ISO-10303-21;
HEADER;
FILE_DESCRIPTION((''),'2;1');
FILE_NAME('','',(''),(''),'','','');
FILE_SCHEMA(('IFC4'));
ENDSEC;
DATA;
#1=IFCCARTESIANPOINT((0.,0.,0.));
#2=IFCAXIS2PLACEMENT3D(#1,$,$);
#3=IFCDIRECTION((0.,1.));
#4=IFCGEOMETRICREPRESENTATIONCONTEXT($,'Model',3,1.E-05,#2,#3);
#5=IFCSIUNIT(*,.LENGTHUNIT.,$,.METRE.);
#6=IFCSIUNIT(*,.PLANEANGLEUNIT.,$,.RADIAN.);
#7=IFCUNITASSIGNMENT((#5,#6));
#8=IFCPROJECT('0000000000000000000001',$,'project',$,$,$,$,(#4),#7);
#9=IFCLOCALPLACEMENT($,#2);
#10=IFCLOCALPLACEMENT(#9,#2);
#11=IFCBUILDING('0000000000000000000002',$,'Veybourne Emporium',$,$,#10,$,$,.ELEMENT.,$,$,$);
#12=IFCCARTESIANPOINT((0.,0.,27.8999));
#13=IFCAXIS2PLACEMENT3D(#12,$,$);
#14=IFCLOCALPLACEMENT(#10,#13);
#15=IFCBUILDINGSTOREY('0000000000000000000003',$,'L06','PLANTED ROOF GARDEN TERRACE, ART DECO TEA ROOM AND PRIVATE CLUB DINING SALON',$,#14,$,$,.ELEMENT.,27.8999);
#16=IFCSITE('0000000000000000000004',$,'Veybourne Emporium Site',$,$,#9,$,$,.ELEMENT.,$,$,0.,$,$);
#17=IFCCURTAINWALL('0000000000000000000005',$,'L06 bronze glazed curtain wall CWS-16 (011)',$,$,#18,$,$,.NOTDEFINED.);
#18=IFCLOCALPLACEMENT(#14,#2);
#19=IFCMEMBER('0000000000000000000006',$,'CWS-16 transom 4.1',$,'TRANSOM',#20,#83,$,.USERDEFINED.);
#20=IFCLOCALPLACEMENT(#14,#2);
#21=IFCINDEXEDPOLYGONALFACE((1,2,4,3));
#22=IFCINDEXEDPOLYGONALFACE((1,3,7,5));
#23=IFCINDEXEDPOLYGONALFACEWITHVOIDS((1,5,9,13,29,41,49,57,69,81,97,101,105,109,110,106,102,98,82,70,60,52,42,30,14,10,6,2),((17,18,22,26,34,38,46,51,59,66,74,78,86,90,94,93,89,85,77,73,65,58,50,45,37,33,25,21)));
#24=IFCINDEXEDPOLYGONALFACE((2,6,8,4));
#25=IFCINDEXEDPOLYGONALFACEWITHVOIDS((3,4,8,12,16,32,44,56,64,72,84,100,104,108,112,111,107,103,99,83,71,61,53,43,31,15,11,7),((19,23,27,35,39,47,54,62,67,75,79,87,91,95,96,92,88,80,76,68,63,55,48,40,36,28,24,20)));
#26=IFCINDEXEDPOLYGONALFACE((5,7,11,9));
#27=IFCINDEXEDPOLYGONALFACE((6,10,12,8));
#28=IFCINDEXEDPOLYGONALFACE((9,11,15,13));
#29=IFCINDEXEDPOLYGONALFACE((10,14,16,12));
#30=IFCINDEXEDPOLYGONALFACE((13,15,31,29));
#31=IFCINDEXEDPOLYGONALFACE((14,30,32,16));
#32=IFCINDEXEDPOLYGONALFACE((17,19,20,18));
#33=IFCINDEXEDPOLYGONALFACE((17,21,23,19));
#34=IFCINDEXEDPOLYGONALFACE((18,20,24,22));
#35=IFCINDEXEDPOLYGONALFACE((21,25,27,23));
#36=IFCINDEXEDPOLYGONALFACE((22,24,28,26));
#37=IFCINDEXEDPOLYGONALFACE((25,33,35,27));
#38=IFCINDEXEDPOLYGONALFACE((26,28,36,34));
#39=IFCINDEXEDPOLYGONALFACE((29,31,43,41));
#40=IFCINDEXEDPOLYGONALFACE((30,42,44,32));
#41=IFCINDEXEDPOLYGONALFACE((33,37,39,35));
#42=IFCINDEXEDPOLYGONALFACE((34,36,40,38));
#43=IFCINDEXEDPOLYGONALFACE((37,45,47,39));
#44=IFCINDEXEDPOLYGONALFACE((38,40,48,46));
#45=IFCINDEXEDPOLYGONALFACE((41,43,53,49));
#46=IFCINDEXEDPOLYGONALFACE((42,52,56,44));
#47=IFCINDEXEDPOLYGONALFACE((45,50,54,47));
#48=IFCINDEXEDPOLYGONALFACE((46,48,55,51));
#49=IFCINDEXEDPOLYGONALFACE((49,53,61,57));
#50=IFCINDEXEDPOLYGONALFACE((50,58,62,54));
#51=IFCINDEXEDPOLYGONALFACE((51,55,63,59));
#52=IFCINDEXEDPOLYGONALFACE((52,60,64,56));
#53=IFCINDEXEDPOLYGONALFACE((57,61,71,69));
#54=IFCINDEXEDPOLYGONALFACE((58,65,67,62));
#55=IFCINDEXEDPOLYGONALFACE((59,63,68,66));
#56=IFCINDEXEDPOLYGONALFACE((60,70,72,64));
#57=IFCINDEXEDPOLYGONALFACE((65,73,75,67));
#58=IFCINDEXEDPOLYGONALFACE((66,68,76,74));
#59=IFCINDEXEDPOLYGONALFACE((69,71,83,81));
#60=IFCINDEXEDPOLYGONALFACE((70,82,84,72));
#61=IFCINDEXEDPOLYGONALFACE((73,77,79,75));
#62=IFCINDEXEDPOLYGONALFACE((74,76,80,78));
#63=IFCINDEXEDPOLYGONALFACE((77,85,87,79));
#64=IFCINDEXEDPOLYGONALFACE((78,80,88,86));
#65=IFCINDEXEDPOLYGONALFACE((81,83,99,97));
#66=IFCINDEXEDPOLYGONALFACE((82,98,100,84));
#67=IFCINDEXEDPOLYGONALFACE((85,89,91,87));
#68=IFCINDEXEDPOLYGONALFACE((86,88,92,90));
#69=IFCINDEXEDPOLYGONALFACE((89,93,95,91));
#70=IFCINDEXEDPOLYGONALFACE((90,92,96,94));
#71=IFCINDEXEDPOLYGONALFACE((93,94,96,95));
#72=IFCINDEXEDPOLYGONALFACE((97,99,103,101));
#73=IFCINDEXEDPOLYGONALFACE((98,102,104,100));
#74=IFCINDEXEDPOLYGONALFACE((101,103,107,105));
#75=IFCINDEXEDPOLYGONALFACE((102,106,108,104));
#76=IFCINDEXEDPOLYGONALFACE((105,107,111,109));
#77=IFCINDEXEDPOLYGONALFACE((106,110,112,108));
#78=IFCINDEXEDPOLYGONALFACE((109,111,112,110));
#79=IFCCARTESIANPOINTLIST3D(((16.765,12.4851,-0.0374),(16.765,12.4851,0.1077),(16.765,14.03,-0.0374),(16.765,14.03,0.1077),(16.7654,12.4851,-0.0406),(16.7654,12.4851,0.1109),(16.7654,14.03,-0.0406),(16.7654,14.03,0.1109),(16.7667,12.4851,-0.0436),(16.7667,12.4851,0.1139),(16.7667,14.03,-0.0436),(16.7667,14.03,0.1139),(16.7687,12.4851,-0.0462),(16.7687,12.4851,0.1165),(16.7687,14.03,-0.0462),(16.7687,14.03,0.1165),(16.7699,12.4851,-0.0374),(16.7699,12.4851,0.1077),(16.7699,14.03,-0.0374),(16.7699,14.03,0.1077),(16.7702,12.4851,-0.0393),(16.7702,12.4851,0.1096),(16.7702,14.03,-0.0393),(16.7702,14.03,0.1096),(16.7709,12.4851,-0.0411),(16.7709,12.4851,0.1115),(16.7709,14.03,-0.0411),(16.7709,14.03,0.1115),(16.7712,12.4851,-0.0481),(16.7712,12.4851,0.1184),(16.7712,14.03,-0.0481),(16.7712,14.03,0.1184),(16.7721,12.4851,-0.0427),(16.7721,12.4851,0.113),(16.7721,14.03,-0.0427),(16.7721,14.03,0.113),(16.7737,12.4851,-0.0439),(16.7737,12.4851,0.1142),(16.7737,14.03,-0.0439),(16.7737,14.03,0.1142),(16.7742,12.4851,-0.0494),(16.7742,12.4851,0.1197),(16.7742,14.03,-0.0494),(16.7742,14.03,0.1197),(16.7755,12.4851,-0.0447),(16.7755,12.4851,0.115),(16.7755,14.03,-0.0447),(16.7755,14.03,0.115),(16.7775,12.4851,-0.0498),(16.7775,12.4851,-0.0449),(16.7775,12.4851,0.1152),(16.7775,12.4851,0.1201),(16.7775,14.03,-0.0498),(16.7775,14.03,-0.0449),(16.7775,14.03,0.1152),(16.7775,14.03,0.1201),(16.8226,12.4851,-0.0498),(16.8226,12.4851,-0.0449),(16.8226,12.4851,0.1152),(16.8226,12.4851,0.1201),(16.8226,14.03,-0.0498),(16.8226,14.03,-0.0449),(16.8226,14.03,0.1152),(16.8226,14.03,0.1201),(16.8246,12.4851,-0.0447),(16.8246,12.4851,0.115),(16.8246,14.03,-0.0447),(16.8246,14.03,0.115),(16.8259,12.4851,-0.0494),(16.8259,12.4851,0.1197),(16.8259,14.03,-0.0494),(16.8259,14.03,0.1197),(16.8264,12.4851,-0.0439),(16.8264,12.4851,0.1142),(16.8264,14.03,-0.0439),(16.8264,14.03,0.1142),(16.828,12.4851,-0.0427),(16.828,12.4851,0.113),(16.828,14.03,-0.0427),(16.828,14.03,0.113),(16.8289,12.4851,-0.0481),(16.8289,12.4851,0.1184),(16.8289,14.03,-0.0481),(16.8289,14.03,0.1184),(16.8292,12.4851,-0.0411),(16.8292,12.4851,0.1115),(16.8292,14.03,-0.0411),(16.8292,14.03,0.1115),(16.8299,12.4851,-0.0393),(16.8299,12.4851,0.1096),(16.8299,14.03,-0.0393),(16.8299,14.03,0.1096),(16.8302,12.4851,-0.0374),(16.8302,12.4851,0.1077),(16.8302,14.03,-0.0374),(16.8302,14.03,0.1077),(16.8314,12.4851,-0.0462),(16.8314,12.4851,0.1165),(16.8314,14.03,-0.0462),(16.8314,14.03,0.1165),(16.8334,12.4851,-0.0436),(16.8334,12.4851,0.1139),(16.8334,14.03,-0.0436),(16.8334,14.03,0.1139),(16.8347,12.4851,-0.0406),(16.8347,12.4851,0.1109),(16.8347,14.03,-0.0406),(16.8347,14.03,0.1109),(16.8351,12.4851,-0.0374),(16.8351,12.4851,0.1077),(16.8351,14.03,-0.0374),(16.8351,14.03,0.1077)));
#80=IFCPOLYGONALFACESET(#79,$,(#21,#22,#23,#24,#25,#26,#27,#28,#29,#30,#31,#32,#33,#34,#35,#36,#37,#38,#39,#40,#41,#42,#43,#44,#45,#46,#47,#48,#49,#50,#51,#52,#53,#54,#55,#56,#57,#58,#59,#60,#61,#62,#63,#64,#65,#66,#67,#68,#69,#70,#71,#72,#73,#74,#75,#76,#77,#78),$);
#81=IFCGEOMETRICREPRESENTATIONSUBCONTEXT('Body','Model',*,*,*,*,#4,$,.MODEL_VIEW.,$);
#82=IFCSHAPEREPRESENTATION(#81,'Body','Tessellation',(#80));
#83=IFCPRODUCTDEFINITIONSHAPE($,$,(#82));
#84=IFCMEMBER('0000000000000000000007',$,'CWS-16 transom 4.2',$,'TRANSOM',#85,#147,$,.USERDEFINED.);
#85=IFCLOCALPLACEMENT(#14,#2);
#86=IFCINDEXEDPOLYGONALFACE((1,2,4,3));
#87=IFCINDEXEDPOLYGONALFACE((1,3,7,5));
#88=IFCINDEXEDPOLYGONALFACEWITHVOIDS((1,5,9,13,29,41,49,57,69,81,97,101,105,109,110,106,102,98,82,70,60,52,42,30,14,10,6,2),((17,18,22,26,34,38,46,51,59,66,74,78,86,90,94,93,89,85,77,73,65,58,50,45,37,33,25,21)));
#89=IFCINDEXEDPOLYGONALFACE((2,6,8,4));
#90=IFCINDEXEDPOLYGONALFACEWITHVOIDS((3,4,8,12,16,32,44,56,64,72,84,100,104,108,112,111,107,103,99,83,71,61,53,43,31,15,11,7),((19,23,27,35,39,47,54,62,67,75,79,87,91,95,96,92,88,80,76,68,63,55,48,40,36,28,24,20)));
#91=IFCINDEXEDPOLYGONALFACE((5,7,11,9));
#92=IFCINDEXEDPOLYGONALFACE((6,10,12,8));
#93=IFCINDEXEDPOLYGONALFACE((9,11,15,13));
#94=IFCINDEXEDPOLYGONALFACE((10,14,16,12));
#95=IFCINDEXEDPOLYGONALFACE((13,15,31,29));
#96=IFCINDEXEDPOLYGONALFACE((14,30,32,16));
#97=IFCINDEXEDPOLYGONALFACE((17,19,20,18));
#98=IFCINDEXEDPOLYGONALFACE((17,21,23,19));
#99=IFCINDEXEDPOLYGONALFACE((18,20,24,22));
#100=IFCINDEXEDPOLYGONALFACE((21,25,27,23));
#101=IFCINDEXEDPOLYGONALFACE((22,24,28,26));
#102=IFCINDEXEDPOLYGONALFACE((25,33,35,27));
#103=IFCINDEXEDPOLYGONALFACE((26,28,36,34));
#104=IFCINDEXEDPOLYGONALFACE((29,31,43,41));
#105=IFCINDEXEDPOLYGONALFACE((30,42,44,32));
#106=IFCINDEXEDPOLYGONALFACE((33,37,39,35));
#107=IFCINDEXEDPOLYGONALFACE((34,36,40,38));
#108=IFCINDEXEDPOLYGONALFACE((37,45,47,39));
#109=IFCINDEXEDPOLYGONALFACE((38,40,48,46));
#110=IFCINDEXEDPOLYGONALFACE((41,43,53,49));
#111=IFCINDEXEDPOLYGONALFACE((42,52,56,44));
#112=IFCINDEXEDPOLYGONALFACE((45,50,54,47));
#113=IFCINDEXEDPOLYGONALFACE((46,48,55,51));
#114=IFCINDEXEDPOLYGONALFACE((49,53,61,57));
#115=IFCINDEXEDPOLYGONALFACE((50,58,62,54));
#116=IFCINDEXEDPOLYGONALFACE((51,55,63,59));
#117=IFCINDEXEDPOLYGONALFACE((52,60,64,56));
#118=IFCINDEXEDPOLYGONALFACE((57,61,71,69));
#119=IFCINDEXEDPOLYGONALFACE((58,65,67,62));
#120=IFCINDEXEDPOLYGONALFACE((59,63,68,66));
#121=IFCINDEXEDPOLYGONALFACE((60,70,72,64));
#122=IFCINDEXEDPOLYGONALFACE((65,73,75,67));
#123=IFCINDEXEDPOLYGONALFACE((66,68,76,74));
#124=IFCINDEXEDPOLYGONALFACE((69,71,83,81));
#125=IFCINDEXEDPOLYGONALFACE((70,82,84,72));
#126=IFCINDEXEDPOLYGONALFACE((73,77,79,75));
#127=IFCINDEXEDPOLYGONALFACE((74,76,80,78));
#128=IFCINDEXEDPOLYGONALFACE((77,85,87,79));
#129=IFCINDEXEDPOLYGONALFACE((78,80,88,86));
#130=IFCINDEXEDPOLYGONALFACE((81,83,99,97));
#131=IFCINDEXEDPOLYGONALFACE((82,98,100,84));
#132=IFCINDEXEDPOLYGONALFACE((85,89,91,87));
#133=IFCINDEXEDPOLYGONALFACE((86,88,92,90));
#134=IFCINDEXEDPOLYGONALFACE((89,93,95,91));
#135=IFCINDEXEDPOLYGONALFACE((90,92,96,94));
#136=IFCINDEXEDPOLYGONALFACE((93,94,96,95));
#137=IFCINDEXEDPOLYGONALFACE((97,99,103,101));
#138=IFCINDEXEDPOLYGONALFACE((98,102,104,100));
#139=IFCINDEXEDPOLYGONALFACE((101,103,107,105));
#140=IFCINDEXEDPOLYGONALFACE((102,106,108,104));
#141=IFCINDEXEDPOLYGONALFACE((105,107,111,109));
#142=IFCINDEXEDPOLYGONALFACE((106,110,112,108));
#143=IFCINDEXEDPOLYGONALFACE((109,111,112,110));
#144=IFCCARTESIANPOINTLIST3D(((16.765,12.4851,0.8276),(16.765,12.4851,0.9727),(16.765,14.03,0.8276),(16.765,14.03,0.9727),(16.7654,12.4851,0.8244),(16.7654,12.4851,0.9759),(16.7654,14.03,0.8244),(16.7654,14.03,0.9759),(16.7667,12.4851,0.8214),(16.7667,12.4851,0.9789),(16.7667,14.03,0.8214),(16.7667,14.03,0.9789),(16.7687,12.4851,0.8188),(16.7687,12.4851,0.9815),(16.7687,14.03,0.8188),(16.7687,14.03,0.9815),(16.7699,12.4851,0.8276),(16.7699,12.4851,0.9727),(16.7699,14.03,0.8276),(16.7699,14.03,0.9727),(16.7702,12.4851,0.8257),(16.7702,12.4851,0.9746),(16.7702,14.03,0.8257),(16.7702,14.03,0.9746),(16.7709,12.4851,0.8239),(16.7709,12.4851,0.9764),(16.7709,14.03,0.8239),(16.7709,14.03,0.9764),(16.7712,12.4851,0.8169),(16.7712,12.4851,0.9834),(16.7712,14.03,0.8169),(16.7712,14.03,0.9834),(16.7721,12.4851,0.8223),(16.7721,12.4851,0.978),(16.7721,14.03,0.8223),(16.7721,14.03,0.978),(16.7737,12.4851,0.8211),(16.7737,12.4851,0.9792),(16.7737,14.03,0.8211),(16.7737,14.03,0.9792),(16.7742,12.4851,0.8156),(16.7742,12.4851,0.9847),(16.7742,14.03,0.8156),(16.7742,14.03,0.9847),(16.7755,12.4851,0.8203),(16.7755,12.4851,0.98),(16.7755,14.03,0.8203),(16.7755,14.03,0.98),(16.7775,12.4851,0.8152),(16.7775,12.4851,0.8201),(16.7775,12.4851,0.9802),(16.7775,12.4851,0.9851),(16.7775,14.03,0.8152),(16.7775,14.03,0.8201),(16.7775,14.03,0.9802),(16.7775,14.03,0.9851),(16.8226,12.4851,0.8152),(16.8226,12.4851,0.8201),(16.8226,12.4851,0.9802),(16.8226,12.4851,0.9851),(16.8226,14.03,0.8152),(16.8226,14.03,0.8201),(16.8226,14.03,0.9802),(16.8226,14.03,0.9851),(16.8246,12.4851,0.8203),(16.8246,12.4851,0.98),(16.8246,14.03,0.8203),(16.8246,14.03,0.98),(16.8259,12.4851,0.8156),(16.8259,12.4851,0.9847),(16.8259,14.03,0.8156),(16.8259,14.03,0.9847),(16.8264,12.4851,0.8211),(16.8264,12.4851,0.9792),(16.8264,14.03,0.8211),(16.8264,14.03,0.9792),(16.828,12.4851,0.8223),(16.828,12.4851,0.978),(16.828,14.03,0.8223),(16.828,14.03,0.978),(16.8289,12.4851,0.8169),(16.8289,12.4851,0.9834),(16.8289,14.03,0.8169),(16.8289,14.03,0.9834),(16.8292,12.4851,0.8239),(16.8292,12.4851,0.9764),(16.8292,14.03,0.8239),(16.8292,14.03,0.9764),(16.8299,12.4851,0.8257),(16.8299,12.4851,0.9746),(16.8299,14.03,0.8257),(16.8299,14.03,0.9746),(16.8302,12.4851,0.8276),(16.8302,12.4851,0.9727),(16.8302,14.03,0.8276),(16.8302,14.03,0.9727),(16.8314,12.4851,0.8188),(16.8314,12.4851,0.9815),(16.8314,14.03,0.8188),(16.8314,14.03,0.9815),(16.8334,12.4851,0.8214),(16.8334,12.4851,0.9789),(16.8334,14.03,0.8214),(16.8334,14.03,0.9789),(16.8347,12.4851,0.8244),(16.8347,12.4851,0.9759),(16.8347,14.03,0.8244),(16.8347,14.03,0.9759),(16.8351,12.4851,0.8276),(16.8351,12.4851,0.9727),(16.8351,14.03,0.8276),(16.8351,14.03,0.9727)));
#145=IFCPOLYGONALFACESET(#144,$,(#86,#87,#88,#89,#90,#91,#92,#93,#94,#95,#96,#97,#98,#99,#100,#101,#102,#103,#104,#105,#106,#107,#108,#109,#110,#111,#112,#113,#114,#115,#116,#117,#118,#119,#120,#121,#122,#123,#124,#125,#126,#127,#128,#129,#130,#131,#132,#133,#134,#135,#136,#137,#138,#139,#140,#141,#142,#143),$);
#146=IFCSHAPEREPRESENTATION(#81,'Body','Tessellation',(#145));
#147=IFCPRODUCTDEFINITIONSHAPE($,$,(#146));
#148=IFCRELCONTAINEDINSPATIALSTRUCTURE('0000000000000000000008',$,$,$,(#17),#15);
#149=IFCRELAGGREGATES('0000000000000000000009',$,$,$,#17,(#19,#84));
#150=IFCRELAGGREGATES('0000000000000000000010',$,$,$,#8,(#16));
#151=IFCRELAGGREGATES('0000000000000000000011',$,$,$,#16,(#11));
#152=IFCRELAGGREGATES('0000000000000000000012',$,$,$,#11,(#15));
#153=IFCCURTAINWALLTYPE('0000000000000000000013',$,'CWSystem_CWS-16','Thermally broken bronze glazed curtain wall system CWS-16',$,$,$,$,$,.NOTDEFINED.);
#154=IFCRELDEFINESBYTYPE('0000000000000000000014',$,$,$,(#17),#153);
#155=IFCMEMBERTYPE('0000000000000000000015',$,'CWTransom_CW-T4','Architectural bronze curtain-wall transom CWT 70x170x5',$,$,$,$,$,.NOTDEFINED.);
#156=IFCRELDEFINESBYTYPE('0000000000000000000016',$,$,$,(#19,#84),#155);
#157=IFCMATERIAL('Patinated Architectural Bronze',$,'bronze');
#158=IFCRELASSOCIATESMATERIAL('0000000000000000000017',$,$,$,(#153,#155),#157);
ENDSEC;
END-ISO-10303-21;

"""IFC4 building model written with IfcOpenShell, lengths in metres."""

from ifc_helpers import new_model, si_unit, direction, frame, origin, origin_2d, place, context, subcontext, project, spatial, hollow_rectangle, extrude, material, material_profile, profile_set, type_object, element, aggregate, save


model = new_model("IFC4")

# Units and contexts
model_context = context("Model", 3, precision=1e-05, world=origin(), true_north=direction((0.0, 1.0)))
body_context = subcontext(model_context, "Body", "Model", "MODEL_VIEW")
ifc_project = project(units=[si_unit("LENGTHUNIT", "METRE"), si_unit("PLANEANGLEUNIT", "RADIAN")], contexts=[model_context])

# Site, building, storey
site_placement = place(None, origin())
site = spatial("IfcSite", under=ifc_project, at=site_placement, Name="Veybourne Emporium Site", CompositionType="ELEMENT", RefElevation=0.0)
building_placement = place(site_placement, origin())
building = spatial("IfcBuilding", under=site, at=building_placement, Name="Veybourne Emporium", CompositionType="ELEMENT")
storey_placement = place(building_placement, frame((0.0, 0.0, 27.8999)))
storey = spatial("IfcBuildingStorey", under=building, at=storey_placement, Name="L06", Description="PLANTED ROOF GARDEN TERRACE, ART DECO TEA ROOM AND PRIVATE CLUB DINING SALON", CompositionType="ELEMENT", Elevation=27.8999)

# Curtain wall, members
ifc_material_1 = material(Name="Patinated Architectural Bronze", Category="bronze")
curtain_wall_type = type_object("IfcCurtainWallType", Name="CWSystem_CWS-16", Description="Thermally broken bronze glazed curtain wall system CWS-16", PredefinedType="NOTDEFINED", material=ifc_material_1)
curtain_wall_placement = place(storey_placement, origin())
curtain_wall = element("IfcCurtainWall", 1, at=curtain_wall_placement, inside=storey, type_object=curtain_wall_type, Name="L06 bronze glazed curtain wall CWS-16 (011)", PredefinedType="NOTDEFINED")
ifc_material_profile_1 = material_profile(ifc_material_1, hollow_rectangle(XDim=0.0701, YDim=0.1699, WallThickness=0.0049, InnerFilletRadius=0.0076, OuterFilletRadius=0.0125, at=origin_2d()), Name="CWT 70x170x5")
ifc_profile_set_1 = profile_set([ifc_material_profile_1], Name="Patinated Architectural Bronze")
member_type_1 = type_object("IfcMemberType", Name="CWTransom_CW-T4", Description="Architectural bronze curtain-wall transom CWT 70x170x5", PredefinedType="NOTDEFINED", material=ifc_profile_set_1)
member_1_placement = place(storey_placement, frame((16.8, 12.4851, 0.0352), z_axis=(0.0, 1.0, 0.0), x_axis=(-1.0, 0.0, 0.0)))
member_1 = element("IfcMember", 2, at=member_1_placement, type_object=member_type_1, Name="CWS-16 transom 4.1", ObjectType="TRANSOM", PredefinedType="USERDEFINED", context=body_context, shape_type="SweptSolid", body=[
    extrude(hollow_rectangle(XDim=0.0701, YDim=0.1699, WallThickness=0.0049, InnerFilletRadius=0.0076, OuterFilletRadius=0.0125, at=origin_2d()), origin(), (0.0, 0.0, 1.0), 1.5449),
])
member_2_placement = place(storey_placement, frame((16.8, 12.4851, 0.9001), z_axis=(0.0, 1.0, 0.0), x_axis=(-1.0, 0.0, 0.0)))
member_2 = element("IfcMember", 3, at=member_2_placement, type_object=member_type_1, Name="CWS-16 transom 4.2", ObjectType="TRANSOM", PredefinedType="USERDEFINED", context=body_context, shape_type="SweptSolid", body=[
    extrude(hollow_rectangle(XDim=0.0701, YDim=0.1699, WallThickness=0.0049, InnerFilletRadius=0.0076, OuterFilletRadius=0.0125, at=origin_2d()), origin(), (0.0, 0.0, 1.0), 1.5449),
])

aggregate(curtain_wall, [member_1, member_2])

save(model, "model.ifc")
